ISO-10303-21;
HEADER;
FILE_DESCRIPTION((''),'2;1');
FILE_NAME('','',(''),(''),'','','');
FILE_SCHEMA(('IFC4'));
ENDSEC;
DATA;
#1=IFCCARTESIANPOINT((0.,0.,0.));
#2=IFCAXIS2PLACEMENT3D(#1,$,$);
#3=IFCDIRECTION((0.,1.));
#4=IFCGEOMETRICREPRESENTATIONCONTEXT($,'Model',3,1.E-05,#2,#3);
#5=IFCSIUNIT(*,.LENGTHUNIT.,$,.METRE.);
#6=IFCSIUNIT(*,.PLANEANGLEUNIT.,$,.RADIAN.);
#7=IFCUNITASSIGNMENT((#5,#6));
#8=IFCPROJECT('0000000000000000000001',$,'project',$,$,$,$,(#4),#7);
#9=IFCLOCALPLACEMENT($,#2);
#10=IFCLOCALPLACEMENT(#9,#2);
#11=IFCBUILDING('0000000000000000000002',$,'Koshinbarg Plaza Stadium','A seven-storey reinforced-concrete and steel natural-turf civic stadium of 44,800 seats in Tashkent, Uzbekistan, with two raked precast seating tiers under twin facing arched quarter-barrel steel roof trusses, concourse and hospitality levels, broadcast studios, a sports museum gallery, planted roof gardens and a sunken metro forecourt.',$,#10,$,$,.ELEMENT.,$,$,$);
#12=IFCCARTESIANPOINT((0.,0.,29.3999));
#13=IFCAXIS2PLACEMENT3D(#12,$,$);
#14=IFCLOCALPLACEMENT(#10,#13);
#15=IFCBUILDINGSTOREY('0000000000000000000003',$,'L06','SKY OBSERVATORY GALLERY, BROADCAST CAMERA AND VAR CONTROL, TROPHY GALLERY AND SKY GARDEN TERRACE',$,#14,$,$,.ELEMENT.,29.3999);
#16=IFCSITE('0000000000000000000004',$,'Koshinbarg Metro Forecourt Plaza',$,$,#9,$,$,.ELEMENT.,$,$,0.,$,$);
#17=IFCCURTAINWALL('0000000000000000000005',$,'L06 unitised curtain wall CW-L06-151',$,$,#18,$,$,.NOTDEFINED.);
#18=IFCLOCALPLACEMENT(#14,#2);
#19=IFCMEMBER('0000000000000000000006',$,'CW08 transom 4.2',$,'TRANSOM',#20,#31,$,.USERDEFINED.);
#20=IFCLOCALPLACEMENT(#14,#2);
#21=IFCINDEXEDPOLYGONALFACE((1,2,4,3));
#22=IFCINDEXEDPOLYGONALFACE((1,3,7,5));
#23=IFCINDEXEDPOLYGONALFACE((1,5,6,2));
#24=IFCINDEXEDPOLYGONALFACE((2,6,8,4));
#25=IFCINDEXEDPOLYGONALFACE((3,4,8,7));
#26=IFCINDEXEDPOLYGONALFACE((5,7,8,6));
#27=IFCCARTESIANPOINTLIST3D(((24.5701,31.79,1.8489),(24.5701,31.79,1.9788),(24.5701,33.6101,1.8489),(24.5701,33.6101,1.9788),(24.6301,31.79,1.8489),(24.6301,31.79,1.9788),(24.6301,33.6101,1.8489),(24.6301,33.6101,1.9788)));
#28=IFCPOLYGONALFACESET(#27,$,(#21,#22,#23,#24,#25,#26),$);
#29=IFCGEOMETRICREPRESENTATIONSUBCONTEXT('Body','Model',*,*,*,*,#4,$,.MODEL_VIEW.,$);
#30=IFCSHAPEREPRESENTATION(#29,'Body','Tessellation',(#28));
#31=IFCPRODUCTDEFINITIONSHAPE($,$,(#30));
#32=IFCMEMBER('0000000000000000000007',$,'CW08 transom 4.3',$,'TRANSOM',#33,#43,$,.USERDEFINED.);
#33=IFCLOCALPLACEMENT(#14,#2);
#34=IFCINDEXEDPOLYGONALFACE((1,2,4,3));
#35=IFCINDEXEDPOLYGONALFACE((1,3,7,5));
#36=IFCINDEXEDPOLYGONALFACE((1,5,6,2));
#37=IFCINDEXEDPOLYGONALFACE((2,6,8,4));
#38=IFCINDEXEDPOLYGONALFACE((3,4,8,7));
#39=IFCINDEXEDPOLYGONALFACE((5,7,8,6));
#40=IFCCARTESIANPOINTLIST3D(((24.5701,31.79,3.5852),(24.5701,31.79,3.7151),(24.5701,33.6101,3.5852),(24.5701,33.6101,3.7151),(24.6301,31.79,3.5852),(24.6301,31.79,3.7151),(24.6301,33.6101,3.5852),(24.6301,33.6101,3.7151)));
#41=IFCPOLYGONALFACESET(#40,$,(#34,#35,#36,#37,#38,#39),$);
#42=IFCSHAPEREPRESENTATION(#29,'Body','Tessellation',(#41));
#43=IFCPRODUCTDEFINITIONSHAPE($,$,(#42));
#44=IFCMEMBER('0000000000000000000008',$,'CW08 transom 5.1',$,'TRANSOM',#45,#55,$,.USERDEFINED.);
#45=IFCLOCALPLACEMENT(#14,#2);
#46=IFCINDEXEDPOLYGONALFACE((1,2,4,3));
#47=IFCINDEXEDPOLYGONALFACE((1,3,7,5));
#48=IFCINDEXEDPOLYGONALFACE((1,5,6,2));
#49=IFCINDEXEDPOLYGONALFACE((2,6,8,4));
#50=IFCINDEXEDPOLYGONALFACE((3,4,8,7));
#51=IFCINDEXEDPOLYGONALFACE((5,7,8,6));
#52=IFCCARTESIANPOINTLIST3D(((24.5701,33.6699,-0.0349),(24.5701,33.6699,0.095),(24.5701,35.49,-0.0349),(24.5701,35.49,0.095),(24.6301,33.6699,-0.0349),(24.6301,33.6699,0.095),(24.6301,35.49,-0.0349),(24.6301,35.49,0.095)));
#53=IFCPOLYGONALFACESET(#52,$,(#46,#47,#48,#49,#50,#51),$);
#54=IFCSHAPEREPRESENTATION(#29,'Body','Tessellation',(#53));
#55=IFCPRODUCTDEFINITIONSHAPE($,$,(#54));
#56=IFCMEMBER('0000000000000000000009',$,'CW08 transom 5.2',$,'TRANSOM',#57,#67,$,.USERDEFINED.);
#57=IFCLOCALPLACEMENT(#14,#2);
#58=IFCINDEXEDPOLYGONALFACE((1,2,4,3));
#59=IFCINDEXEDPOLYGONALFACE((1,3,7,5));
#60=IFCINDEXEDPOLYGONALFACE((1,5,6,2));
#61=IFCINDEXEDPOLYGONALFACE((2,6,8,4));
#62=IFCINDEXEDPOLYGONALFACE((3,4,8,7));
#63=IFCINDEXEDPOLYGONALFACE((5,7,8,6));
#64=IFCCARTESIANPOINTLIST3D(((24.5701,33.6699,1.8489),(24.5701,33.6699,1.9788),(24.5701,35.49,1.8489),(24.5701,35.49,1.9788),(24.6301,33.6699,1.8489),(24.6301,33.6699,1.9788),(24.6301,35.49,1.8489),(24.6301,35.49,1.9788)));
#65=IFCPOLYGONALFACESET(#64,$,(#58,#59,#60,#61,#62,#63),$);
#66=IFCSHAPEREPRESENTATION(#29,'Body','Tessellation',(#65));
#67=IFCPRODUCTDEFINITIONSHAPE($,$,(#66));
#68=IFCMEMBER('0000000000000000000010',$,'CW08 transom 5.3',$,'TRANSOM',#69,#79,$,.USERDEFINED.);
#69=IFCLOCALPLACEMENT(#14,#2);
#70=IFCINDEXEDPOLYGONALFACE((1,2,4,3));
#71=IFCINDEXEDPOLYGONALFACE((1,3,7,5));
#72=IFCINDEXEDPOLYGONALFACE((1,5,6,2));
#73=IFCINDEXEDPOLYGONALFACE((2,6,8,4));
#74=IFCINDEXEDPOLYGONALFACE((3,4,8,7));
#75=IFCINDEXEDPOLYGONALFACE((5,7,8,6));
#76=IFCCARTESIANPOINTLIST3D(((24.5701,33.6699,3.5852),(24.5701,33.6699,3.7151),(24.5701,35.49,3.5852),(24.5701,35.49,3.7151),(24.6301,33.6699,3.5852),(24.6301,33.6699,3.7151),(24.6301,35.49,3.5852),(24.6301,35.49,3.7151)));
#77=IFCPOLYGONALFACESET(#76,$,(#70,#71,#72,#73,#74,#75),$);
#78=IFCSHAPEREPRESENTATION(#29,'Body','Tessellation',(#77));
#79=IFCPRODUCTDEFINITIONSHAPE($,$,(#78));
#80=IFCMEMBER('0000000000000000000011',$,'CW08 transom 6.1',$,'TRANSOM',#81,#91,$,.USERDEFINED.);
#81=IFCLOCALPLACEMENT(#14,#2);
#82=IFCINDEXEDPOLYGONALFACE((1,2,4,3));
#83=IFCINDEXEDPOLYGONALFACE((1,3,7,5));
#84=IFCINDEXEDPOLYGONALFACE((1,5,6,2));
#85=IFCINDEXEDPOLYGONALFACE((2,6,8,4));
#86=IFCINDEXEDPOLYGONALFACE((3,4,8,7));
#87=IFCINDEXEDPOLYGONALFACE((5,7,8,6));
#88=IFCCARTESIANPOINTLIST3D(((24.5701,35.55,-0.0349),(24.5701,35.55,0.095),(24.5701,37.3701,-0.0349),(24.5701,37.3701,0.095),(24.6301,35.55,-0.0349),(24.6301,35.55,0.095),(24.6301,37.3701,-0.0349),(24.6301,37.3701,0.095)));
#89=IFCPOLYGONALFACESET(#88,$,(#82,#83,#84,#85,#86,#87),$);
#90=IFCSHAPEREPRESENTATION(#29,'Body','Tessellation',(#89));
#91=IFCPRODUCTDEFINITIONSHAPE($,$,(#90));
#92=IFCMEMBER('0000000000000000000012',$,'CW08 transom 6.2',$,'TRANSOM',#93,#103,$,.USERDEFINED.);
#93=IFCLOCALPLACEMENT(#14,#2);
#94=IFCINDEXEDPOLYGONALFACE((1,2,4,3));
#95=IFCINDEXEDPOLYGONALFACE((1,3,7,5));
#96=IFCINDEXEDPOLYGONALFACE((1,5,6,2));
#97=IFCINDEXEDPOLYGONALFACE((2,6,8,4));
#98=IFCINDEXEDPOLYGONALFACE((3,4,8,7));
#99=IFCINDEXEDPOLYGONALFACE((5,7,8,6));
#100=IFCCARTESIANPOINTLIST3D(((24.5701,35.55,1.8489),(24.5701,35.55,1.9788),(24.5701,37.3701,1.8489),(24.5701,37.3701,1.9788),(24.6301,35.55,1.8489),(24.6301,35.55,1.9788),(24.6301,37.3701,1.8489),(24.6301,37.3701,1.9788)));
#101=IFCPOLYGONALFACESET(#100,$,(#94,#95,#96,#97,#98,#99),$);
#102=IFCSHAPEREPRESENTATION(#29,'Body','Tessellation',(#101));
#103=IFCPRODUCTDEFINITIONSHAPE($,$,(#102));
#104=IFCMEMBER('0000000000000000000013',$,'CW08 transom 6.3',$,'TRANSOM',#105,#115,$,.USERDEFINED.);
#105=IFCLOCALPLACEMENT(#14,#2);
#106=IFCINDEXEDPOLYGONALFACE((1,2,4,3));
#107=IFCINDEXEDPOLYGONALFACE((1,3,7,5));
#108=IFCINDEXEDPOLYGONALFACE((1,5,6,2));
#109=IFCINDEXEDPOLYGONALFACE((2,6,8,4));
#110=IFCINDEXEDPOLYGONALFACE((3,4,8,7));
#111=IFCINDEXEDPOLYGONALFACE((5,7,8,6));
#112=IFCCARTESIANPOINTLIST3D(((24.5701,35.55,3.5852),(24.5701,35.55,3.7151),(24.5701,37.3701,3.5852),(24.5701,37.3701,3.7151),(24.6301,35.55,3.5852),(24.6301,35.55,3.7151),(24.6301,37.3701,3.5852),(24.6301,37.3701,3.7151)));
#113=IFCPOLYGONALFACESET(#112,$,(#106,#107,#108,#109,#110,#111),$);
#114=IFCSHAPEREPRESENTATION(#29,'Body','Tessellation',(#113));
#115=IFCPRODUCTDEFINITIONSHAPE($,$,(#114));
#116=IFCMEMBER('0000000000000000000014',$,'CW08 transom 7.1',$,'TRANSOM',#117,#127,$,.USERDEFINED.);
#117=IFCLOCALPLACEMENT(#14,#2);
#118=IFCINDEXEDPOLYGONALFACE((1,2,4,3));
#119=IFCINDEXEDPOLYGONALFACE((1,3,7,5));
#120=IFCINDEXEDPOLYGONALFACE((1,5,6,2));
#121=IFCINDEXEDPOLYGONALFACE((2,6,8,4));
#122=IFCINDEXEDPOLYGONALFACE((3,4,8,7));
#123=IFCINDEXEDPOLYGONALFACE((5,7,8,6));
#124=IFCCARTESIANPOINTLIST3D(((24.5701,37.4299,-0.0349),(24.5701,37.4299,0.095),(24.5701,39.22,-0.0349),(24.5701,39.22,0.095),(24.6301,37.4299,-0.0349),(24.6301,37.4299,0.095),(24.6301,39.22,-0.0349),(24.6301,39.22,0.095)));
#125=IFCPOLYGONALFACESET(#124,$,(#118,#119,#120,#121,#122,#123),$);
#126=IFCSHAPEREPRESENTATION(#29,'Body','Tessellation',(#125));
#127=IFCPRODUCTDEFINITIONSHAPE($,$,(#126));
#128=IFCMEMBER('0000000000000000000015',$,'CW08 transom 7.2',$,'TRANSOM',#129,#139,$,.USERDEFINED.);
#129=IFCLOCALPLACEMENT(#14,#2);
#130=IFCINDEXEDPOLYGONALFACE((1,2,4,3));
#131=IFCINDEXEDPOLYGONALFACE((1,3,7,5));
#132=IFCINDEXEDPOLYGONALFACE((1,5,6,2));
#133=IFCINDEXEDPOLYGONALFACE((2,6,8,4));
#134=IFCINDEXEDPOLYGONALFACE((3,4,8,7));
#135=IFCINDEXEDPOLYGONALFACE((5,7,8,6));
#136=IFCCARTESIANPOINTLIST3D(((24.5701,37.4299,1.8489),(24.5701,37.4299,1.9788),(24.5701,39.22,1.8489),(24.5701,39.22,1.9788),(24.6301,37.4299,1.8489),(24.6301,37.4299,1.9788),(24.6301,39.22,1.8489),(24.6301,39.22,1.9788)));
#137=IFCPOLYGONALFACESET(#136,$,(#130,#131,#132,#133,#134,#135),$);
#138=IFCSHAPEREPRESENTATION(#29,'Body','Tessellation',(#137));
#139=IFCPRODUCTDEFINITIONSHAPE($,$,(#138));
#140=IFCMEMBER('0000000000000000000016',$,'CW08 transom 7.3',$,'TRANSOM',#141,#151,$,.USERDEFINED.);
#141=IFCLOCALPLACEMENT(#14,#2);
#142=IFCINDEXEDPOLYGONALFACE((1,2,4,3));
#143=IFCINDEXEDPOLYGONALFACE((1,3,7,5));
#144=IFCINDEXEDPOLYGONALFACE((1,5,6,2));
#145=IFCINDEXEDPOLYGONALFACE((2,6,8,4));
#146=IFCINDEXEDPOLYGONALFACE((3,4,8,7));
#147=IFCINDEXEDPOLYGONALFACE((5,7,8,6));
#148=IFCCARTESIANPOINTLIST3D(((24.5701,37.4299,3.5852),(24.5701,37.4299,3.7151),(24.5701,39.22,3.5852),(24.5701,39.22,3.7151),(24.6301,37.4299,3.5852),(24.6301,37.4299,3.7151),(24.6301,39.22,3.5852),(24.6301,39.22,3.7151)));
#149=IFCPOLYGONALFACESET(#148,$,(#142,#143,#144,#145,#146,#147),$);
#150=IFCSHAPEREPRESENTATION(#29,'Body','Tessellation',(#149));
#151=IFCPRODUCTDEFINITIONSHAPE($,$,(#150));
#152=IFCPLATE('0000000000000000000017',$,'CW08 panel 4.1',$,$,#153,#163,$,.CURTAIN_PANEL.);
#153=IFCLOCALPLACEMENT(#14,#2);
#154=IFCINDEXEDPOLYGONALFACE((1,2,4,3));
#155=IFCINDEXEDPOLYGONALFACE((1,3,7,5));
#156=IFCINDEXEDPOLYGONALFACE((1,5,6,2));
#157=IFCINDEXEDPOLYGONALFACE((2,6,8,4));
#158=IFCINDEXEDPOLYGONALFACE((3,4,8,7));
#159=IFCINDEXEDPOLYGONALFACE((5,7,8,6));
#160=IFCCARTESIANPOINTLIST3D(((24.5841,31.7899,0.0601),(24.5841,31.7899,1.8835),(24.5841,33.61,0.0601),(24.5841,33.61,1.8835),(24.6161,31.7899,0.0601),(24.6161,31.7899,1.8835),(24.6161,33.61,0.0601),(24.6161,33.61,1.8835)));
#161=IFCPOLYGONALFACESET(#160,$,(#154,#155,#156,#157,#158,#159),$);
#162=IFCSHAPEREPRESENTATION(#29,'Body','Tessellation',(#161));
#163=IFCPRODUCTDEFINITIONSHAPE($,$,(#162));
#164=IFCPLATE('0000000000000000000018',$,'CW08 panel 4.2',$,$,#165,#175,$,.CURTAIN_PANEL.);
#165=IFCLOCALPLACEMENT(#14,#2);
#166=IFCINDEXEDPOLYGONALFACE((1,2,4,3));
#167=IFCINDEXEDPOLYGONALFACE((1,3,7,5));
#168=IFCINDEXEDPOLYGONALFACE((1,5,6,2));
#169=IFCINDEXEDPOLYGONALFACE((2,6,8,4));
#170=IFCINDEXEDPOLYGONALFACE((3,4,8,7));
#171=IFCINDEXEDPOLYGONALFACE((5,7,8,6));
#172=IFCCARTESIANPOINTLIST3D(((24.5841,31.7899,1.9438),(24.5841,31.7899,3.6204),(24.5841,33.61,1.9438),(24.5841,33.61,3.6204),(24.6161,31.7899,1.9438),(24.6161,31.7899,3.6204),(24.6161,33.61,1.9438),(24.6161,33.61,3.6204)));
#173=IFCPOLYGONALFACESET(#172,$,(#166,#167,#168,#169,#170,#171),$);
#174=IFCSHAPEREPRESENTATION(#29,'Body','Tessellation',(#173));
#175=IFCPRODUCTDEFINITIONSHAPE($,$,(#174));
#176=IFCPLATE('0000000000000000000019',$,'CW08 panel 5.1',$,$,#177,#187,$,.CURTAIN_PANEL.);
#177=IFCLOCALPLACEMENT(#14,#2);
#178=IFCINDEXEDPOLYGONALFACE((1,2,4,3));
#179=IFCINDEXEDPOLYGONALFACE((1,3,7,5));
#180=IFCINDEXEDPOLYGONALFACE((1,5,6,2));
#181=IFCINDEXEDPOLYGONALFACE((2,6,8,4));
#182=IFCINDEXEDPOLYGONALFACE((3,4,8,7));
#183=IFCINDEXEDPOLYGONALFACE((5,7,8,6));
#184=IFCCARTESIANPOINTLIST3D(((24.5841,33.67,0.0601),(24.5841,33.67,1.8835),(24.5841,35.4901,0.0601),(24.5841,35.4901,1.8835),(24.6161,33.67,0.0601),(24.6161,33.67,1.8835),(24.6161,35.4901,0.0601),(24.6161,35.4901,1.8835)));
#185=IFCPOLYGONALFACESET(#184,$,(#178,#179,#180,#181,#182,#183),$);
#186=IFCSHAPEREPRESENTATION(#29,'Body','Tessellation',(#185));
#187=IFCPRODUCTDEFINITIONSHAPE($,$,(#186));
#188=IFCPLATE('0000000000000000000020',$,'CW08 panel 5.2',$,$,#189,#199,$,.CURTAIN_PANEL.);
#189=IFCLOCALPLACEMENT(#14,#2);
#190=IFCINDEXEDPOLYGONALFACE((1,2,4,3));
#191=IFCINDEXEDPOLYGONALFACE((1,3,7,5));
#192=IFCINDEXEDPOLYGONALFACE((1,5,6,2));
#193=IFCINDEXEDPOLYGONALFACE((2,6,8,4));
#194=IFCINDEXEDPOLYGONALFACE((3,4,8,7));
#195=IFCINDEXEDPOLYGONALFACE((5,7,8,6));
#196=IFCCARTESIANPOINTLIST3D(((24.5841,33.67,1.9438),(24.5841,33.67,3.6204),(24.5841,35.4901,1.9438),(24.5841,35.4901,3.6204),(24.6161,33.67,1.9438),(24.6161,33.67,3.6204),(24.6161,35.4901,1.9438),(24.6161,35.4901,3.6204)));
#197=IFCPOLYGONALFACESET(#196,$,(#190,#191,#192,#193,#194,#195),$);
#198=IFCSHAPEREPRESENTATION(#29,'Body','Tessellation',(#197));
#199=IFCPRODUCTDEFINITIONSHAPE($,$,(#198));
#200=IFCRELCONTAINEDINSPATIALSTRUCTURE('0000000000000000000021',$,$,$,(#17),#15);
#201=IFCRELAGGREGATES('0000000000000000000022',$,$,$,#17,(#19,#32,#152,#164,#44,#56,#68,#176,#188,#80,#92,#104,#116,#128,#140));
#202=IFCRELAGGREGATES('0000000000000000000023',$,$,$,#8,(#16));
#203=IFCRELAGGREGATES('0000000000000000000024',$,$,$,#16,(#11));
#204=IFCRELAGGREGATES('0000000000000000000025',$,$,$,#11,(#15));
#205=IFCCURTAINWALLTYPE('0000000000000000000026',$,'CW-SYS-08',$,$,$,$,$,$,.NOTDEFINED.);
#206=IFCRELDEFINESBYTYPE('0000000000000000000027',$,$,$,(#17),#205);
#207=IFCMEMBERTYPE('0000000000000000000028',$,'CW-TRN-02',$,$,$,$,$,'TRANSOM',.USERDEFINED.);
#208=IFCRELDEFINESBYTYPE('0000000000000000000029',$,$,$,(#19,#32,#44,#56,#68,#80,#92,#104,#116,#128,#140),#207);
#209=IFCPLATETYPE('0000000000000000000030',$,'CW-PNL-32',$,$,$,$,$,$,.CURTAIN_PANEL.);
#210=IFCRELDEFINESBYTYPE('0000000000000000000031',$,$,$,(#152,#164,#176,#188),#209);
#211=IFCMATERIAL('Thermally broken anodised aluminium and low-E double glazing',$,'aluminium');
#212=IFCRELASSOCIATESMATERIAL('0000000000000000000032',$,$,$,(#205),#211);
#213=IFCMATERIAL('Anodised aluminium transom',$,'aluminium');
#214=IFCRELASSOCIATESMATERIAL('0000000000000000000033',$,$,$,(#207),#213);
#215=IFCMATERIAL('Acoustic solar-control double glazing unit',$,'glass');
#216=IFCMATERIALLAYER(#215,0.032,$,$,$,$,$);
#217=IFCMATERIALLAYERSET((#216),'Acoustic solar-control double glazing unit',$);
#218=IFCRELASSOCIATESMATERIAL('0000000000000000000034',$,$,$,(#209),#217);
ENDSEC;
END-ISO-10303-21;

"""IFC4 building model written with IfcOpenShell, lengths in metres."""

from ifc_helpers import new_model, si_unit, direction, frame, origin, origin_2d, place, context, subcontext, project, spatial, rectangle, extrude, material, layer, layer_set, material_profile, profile_set, type_object, element, aggregate, save


model = new_model("IFC4")

# Units and contexts
model_context = context("Model", 3, precision=1e-05, world=origin(), true_north=direction((0.0, 1.0)))
body_context = subcontext(model_context, "Body", "Model", "MODEL_VIEW")
ifc_project = project(units=[si_unit("LENGTHUNIT", "METRE"), si_unit("PLANEANGLEUNIT", "RADIAN")], contexts=[model_context])

# Site, building, storey
site_placement = place(None, origin())
site = spatial("IfcSite", under=ifc_project, at=site_placement, Name="Koshinbarg Metro Forecourt Plaza", CompositionType="ELEMENT", RefElevation=0.0)
building_placement = place(site_placement, origin())
building = spatial("IfcBuilding", under=site, at=building_placement, Name="Koshinbarg Plaza Stadium", Description="A seven-storey reinforced-concrete and steel natural-turf civic stadium of 44,800 seats in Tashkent, Uzbekistan, with two raked precast seating tiers under twin facing arched quarter-barrel steel roof trusses, concourse and hospitality levels, broadcast studios, a sports museum gallery, planted roof gardens and a sunken metro forecourt.", CompositionType="ELEMENT")
storey_placement = place(building_placement, frame((0.0, 0.0, 29.3999)))
storey = spatial("IfcBuildingStorey", under=building, at=storey_placement, Name="L06", Description="SKY OBSERVATORY GALLERY, BROADCAST CAMERA AND VAR CONTROL, TROPHY GALLERY AND SKY GARDEN TERRACE", CompositionType="ELEMENT", Elevation=29.3999)

# Curtain wall, members, plates
ifc_material_1 = material(Name="Thermally broken anodised aluminium and low-E double glazing", Category="aluminium")
curtain_wall_type = type_object("IfcCurtainWallType", Name="CW-SYS-08", PredefinedType="NOTDEFINED", material=ifc_material_1)
curtain_wall_placement = place(storey_placement, origin())
curtain_wall = element("IfcCurtainWall", 1, at=curtain_wall_placement, inside=storey, type_object=curtain_wall_type, Name="L06 unitised curtain wall CW-L06-151", PredefinedType="NOTDEFINED")
ifc_material_2 = material(Name="Anodised aluminium transom", Category="aluminium")
ifc_material_profile_1 = material_profile(ifc_material_2, rectangle(XDim=0.0601, YDim=0.1299, at=origin_2d()), Name="ALU 60x130")
ifc_profile_set_1 = profile_set([ifc_material_profile_1], Name="Anodised aluminium transom")
member_type_1 = type_object("IfcMemberType", Name="CW-TRN-02", ElementType="TRANSOM", PredefinedType="USERDEFINED", material=ifc_profile_set_1)
member_1_placement = place(storey_placement, frame((24.6001, 31.79, 1.9138), z_axis=(0.0, 1.0, 0.0), x_axis=(-1.0, 0.0, 0.0)))
member_1 = element("IfcMember", 2, at=member_1_placement, type_object=member_type_1, Name="CW08 transom 4.2", ObjectType="TRANSOM", PredefinedType="USERDEFINED", context=body_context, shape_type="SweptSolid", body=[
    extrude(rectangle(XDim=0.0601, YDim=0.1299, at=origin_2d()), origin(), (0.0, 0.0, 1.0), 1.8201),
])
member_2_placement = place(storey_placement, frame((24.6001, 31.79, 3.6501), z_axis=(0.0, 1.0, 0.0), x_axis=(-1.0, 0.0, 0.0)))
member_2 = element("IfcMember", 3, at=member_2_placement, type_object=member_type_1, Name="CW08 transom 4.3", ObjectType="TRANSOM", PredefinedType="USERDEFINED", context=body_context, shape_type="SweptSolid", body=[
    extrude(rectangle(XDim=0.0601, YDim=0.1299, at=origin_2d()), origin(), (0.0, 0.0, 1.0), 1.8201),
])
member_3_placement = place(storey_placement, frame((24.6001, 33.6699, 0.03), z_axis=(0.0, 1.0, 0.0), x_axis=(-1.0, 0.0, 0.0)))
member_3 = element("IfcMember", 4, at=member_3_placement, type_object=member_type_1, Name="CW08 transom 5.1", ObjectType="TRANSOM", PredefinedType="USERDEFINED", context=body_context, shape_type="SweptSolid", body=[
    extrude(rectangle(XDim=0.0601, YDim=0.1299, at=origin_2d()), origin(), (0.0, 0.0, 1.0), 1.8201),
])
member_4_placement = place(storey_placement, frame((24.6001, 33.6699, 1.9138), z_axis=(0.0, 1.0, 0.0), x_axis=(-1.0, 0.0, 0.0)))
member_4 = element("IfcMember", 5, at=member_4_placement, type_object=member_type_1, Name="CW08 transom 5.2", ObjectType="TRANSOM", PredefinedType="USERDEFINED", context=body_context, shape_type="SweptSolid", body=[
    extrude(rectangle(XDim=0.0601, YDim=0.1299, at=origin_2d()), origin(), (0.0, 0.0, 1.0), 1.8201),
])
member_5_placement = place(storey_placement, frame((24.6001, 33.6699, 3.6501), z_axis=(0.0, 1.0, 0.0), x_axis=(-1.0, 0.0, 0.0)))
member_5 = element("IfcMember", 6, at=member_5_placement, type_object=member_type_1, Name="CW08 transom 5.3", ObjectType="TRANSOM", PredefinedType="USERDEFINED", context=body_context, shape_type="SweptSolid", body=[
    extrude(rectangle(XDim=0.0601, YDim=0.1299, at=origin_2d()), origin(), (0.0, 0.0, 1.0), 1.8201),
])
member_6_placement = place(storey_placement, frame((24.6001, 35.55, 0.03), z_axis=(0.0, 1.0, 0.0), x_axis=(-1.0, 0.0, 0.0)))
member_6 = element("IfcMember", 7, at=member_6_placement, type_object=member_type_1, Name="CW08 transom 6.1", ObjectType="TRANSOM", PredefinedType="USERDEFINED", context=body_context, shape_type="SweptSolid", body=[
    extrude(rectangle(XDim=0.0601, YDim=0.1299, at=origin_2d()), origin(), (0.0, 0.0, 1.0), 1.8201),
])
member_7_placement = place(storey_placement, frame((24.6001, 35.55, 1.9138), z_axis=(0.0, 1.0, 0.0), x_axis=(-1.0, 0.0, 0.0)))
member_7 = element("IfcMember", 8, at=member_7_placement, type_object=member_type_1, Name="CW08 transom 6.2", ObjectType="TRANSOM", PredefinedType="USERDEFINED", context=body_context, shape_type="SweptSolid", body=[
    extrude(rectangle(XDim=0.0601, YDim=0.1299, at=origin_2d()), origin(), (0.0, 0.0, 1.0), 1.8201),
])
member_8_placement = place(storey_placement, frame((24.6001, 35.55, 3.6501), z_axis=(0.0, 1.0, 0.0), x_axis=(-1.0, 0.0, 0.0)))
member_8 = element("IfcMember", 9, at=member_8_placement, type_object=member_type_1, Name="CW08 transom 6.3", ObjectType="TRANSOM", PredefinedType="USERDEFINED", context=body_context, shape_type="SweptSolid", body=[
    extrude(rectangle(XDim=0.0601, YDim=0.1299, at=origin_2d()), origin(), (0.0, 0.0, 1.0), 1.8201),
])
member_9_placement = place(storey_placement, frame((24.6001, 37.4299, 0.03), z_axis=(0.0, 1.0, 0.0), x_axis=(-1.0, 0.0, 0.0)))
member_9 = element("IfcMember", 10, at=member_9_placement, type_object=member_type_1, Name="CW08 transom 7.1", ObjectType="TRANSOM", PredefinedType="USERDEFINED", context=body_context, shape_type="SweptSolid", body=[
    extrude(rectangle(XDim=0.0601, YDim=0.1299, at=origin_2d()), origin(), (0.0, 0.0, 1.0), 1.79),
])
member_10_placement = place(storey_placement, frame((24.6001, 37.4299, 1.9138), z_axis=(0.0, 1.0, 0.0), x_axis=(-1.0, 0.0, 0.0)))
member_10 = element("IfcMember", 11, at=member_10_placement, type_object=member_type_1, Name="CW08 transom 7.2", ObjectType="TRANSOM", PredefinedType="USERDEFINED", context=body_context, shape_type="SweptSolid", body=[
    extrude(rectangle(XDim=0.0601, YDim=0.1299, at=origin_2d()), origin(), (0.0, 0.0, 1.0), 1.79),
])
member_11_placement = place(storey_placement, frame((24.6001, 37.4299, 3.6501), z_axis=(0.0, 1.0, 0.0), x_axis=(-1.0, 0.0, 0.0)))
member_11 = element("IfcMember", 12, at=member_11_placement, type_object=member_type_1, Name="CW08 transom 7.3", ObjectType="TRANSOM", PredefinedType="USERDEFINED", context=body_context, shape_type="SweptSolid", body=[
    extrude(rectangle(XDim=0.0601, YDim=0.1299, at=origin_2d()), origin(), (0.0, 0.0, 1.0), 1.79),
])
ifc_material_3 = material(Name="Acoustic solar-control double glazing unit", Category="glass")
ifc_layer_1 = layer(ifc_material_3, 0.032)
ifc_layer_set_1 = layer_set([ifc_layer_1], Name="Acoustic solar-control double glazing unit")
plate_type = type_object("IfcPlateType", Name="CW-PNL-32", PredefinedType="CURTAIN_PANEL", material=ifc_layer_set_1)
plate_1_placement = place(storey_placement, frame((24.6001, 32.7, 0.0601), z_axis=(0.0, 0.0, 1.0), x_axis=(0.0, 1.0, 0.0)))
plate_1 = element("IfcPlate", 13, at=plate_1_placement, type_object=plate_type, Name="CW08 panel 4.1", PredefinedType="CURTAIN_PANEL", context=body_context, shape_type="SweptSolid", body=[
    extrude(rectangle(XDim=1.8201, YDim=0.032, at=origin_2d()), origin(), (0.0, 0.0, 1.0), 1.8235),
])
plate_2_placement = place(storey_placement, frame((24.6001, 32.7, 1.9438), z_axis=(0.0, 0.0, 1.0), x_axis=(0.0, 1.0, 0.0)))
plate_2 = element("IfcPlate", 14, at=plate_2_placement, type_object=plate_type, Name="CW08 panel 4.2", PredefinedType="CURTAIN_PANEL", context=body_context, shape_type="SweptSolid", body=[
    extrude(rectangle(XDim=1.8201, YDim=0.032, at=origin_2d()), origin(), (0.0, 0.0, 1.0), 1.6765),
])
plate_3_placement = place(storey_placement, frame((24.6001, 34.5801, 0.0601), z_axis=(0.0, 0.0, 1.0), x_axis=(0.0, 1.0, 0.0)))
plate_3 = element("IfcPlate", 15, at=plate_3_placement, type_object=plate_type, Name="CW08 panel 5.1", PredefinedType="CURTAIN_PANEL", context=body_context, shape_type="SweptSolid", body=[
    extrude(rectangle(XDim=1.8201, YDim=0.032, at=origin_2d()), origin(), (0.0, 0.0, 1.0), 1.8235),
])
plate_4_placement = place(storey_placement, frame((24.6001, 34.5801, 1.9438), z_axis=(0.0, 0.0, 1.0), x_axis=(0.0, 1.0, 0.0)))
plate_4 = element("IfcPlate", 16, at=plate_4_placement, type_object=plate_type, Name="CW08 panel 5.2", PredefinedType="CURTAIN_PANEL", context=body_context, shape_type="SweptSolid", body=[
    extrude(rectangle(XDim=1.8201, YDim=0.032, at=origin_2d()), origin(), (0.0, 0.0, 1.0), 1.6765),
])
aggregate(curtain_wall, [member_1, member_2, plate_1, plate_2, member_3, member_4, member_5, plate_3, plate_4, member_6, member_7, member_8, member_9, member_10, member_11])

save(model, "model.ifc")
